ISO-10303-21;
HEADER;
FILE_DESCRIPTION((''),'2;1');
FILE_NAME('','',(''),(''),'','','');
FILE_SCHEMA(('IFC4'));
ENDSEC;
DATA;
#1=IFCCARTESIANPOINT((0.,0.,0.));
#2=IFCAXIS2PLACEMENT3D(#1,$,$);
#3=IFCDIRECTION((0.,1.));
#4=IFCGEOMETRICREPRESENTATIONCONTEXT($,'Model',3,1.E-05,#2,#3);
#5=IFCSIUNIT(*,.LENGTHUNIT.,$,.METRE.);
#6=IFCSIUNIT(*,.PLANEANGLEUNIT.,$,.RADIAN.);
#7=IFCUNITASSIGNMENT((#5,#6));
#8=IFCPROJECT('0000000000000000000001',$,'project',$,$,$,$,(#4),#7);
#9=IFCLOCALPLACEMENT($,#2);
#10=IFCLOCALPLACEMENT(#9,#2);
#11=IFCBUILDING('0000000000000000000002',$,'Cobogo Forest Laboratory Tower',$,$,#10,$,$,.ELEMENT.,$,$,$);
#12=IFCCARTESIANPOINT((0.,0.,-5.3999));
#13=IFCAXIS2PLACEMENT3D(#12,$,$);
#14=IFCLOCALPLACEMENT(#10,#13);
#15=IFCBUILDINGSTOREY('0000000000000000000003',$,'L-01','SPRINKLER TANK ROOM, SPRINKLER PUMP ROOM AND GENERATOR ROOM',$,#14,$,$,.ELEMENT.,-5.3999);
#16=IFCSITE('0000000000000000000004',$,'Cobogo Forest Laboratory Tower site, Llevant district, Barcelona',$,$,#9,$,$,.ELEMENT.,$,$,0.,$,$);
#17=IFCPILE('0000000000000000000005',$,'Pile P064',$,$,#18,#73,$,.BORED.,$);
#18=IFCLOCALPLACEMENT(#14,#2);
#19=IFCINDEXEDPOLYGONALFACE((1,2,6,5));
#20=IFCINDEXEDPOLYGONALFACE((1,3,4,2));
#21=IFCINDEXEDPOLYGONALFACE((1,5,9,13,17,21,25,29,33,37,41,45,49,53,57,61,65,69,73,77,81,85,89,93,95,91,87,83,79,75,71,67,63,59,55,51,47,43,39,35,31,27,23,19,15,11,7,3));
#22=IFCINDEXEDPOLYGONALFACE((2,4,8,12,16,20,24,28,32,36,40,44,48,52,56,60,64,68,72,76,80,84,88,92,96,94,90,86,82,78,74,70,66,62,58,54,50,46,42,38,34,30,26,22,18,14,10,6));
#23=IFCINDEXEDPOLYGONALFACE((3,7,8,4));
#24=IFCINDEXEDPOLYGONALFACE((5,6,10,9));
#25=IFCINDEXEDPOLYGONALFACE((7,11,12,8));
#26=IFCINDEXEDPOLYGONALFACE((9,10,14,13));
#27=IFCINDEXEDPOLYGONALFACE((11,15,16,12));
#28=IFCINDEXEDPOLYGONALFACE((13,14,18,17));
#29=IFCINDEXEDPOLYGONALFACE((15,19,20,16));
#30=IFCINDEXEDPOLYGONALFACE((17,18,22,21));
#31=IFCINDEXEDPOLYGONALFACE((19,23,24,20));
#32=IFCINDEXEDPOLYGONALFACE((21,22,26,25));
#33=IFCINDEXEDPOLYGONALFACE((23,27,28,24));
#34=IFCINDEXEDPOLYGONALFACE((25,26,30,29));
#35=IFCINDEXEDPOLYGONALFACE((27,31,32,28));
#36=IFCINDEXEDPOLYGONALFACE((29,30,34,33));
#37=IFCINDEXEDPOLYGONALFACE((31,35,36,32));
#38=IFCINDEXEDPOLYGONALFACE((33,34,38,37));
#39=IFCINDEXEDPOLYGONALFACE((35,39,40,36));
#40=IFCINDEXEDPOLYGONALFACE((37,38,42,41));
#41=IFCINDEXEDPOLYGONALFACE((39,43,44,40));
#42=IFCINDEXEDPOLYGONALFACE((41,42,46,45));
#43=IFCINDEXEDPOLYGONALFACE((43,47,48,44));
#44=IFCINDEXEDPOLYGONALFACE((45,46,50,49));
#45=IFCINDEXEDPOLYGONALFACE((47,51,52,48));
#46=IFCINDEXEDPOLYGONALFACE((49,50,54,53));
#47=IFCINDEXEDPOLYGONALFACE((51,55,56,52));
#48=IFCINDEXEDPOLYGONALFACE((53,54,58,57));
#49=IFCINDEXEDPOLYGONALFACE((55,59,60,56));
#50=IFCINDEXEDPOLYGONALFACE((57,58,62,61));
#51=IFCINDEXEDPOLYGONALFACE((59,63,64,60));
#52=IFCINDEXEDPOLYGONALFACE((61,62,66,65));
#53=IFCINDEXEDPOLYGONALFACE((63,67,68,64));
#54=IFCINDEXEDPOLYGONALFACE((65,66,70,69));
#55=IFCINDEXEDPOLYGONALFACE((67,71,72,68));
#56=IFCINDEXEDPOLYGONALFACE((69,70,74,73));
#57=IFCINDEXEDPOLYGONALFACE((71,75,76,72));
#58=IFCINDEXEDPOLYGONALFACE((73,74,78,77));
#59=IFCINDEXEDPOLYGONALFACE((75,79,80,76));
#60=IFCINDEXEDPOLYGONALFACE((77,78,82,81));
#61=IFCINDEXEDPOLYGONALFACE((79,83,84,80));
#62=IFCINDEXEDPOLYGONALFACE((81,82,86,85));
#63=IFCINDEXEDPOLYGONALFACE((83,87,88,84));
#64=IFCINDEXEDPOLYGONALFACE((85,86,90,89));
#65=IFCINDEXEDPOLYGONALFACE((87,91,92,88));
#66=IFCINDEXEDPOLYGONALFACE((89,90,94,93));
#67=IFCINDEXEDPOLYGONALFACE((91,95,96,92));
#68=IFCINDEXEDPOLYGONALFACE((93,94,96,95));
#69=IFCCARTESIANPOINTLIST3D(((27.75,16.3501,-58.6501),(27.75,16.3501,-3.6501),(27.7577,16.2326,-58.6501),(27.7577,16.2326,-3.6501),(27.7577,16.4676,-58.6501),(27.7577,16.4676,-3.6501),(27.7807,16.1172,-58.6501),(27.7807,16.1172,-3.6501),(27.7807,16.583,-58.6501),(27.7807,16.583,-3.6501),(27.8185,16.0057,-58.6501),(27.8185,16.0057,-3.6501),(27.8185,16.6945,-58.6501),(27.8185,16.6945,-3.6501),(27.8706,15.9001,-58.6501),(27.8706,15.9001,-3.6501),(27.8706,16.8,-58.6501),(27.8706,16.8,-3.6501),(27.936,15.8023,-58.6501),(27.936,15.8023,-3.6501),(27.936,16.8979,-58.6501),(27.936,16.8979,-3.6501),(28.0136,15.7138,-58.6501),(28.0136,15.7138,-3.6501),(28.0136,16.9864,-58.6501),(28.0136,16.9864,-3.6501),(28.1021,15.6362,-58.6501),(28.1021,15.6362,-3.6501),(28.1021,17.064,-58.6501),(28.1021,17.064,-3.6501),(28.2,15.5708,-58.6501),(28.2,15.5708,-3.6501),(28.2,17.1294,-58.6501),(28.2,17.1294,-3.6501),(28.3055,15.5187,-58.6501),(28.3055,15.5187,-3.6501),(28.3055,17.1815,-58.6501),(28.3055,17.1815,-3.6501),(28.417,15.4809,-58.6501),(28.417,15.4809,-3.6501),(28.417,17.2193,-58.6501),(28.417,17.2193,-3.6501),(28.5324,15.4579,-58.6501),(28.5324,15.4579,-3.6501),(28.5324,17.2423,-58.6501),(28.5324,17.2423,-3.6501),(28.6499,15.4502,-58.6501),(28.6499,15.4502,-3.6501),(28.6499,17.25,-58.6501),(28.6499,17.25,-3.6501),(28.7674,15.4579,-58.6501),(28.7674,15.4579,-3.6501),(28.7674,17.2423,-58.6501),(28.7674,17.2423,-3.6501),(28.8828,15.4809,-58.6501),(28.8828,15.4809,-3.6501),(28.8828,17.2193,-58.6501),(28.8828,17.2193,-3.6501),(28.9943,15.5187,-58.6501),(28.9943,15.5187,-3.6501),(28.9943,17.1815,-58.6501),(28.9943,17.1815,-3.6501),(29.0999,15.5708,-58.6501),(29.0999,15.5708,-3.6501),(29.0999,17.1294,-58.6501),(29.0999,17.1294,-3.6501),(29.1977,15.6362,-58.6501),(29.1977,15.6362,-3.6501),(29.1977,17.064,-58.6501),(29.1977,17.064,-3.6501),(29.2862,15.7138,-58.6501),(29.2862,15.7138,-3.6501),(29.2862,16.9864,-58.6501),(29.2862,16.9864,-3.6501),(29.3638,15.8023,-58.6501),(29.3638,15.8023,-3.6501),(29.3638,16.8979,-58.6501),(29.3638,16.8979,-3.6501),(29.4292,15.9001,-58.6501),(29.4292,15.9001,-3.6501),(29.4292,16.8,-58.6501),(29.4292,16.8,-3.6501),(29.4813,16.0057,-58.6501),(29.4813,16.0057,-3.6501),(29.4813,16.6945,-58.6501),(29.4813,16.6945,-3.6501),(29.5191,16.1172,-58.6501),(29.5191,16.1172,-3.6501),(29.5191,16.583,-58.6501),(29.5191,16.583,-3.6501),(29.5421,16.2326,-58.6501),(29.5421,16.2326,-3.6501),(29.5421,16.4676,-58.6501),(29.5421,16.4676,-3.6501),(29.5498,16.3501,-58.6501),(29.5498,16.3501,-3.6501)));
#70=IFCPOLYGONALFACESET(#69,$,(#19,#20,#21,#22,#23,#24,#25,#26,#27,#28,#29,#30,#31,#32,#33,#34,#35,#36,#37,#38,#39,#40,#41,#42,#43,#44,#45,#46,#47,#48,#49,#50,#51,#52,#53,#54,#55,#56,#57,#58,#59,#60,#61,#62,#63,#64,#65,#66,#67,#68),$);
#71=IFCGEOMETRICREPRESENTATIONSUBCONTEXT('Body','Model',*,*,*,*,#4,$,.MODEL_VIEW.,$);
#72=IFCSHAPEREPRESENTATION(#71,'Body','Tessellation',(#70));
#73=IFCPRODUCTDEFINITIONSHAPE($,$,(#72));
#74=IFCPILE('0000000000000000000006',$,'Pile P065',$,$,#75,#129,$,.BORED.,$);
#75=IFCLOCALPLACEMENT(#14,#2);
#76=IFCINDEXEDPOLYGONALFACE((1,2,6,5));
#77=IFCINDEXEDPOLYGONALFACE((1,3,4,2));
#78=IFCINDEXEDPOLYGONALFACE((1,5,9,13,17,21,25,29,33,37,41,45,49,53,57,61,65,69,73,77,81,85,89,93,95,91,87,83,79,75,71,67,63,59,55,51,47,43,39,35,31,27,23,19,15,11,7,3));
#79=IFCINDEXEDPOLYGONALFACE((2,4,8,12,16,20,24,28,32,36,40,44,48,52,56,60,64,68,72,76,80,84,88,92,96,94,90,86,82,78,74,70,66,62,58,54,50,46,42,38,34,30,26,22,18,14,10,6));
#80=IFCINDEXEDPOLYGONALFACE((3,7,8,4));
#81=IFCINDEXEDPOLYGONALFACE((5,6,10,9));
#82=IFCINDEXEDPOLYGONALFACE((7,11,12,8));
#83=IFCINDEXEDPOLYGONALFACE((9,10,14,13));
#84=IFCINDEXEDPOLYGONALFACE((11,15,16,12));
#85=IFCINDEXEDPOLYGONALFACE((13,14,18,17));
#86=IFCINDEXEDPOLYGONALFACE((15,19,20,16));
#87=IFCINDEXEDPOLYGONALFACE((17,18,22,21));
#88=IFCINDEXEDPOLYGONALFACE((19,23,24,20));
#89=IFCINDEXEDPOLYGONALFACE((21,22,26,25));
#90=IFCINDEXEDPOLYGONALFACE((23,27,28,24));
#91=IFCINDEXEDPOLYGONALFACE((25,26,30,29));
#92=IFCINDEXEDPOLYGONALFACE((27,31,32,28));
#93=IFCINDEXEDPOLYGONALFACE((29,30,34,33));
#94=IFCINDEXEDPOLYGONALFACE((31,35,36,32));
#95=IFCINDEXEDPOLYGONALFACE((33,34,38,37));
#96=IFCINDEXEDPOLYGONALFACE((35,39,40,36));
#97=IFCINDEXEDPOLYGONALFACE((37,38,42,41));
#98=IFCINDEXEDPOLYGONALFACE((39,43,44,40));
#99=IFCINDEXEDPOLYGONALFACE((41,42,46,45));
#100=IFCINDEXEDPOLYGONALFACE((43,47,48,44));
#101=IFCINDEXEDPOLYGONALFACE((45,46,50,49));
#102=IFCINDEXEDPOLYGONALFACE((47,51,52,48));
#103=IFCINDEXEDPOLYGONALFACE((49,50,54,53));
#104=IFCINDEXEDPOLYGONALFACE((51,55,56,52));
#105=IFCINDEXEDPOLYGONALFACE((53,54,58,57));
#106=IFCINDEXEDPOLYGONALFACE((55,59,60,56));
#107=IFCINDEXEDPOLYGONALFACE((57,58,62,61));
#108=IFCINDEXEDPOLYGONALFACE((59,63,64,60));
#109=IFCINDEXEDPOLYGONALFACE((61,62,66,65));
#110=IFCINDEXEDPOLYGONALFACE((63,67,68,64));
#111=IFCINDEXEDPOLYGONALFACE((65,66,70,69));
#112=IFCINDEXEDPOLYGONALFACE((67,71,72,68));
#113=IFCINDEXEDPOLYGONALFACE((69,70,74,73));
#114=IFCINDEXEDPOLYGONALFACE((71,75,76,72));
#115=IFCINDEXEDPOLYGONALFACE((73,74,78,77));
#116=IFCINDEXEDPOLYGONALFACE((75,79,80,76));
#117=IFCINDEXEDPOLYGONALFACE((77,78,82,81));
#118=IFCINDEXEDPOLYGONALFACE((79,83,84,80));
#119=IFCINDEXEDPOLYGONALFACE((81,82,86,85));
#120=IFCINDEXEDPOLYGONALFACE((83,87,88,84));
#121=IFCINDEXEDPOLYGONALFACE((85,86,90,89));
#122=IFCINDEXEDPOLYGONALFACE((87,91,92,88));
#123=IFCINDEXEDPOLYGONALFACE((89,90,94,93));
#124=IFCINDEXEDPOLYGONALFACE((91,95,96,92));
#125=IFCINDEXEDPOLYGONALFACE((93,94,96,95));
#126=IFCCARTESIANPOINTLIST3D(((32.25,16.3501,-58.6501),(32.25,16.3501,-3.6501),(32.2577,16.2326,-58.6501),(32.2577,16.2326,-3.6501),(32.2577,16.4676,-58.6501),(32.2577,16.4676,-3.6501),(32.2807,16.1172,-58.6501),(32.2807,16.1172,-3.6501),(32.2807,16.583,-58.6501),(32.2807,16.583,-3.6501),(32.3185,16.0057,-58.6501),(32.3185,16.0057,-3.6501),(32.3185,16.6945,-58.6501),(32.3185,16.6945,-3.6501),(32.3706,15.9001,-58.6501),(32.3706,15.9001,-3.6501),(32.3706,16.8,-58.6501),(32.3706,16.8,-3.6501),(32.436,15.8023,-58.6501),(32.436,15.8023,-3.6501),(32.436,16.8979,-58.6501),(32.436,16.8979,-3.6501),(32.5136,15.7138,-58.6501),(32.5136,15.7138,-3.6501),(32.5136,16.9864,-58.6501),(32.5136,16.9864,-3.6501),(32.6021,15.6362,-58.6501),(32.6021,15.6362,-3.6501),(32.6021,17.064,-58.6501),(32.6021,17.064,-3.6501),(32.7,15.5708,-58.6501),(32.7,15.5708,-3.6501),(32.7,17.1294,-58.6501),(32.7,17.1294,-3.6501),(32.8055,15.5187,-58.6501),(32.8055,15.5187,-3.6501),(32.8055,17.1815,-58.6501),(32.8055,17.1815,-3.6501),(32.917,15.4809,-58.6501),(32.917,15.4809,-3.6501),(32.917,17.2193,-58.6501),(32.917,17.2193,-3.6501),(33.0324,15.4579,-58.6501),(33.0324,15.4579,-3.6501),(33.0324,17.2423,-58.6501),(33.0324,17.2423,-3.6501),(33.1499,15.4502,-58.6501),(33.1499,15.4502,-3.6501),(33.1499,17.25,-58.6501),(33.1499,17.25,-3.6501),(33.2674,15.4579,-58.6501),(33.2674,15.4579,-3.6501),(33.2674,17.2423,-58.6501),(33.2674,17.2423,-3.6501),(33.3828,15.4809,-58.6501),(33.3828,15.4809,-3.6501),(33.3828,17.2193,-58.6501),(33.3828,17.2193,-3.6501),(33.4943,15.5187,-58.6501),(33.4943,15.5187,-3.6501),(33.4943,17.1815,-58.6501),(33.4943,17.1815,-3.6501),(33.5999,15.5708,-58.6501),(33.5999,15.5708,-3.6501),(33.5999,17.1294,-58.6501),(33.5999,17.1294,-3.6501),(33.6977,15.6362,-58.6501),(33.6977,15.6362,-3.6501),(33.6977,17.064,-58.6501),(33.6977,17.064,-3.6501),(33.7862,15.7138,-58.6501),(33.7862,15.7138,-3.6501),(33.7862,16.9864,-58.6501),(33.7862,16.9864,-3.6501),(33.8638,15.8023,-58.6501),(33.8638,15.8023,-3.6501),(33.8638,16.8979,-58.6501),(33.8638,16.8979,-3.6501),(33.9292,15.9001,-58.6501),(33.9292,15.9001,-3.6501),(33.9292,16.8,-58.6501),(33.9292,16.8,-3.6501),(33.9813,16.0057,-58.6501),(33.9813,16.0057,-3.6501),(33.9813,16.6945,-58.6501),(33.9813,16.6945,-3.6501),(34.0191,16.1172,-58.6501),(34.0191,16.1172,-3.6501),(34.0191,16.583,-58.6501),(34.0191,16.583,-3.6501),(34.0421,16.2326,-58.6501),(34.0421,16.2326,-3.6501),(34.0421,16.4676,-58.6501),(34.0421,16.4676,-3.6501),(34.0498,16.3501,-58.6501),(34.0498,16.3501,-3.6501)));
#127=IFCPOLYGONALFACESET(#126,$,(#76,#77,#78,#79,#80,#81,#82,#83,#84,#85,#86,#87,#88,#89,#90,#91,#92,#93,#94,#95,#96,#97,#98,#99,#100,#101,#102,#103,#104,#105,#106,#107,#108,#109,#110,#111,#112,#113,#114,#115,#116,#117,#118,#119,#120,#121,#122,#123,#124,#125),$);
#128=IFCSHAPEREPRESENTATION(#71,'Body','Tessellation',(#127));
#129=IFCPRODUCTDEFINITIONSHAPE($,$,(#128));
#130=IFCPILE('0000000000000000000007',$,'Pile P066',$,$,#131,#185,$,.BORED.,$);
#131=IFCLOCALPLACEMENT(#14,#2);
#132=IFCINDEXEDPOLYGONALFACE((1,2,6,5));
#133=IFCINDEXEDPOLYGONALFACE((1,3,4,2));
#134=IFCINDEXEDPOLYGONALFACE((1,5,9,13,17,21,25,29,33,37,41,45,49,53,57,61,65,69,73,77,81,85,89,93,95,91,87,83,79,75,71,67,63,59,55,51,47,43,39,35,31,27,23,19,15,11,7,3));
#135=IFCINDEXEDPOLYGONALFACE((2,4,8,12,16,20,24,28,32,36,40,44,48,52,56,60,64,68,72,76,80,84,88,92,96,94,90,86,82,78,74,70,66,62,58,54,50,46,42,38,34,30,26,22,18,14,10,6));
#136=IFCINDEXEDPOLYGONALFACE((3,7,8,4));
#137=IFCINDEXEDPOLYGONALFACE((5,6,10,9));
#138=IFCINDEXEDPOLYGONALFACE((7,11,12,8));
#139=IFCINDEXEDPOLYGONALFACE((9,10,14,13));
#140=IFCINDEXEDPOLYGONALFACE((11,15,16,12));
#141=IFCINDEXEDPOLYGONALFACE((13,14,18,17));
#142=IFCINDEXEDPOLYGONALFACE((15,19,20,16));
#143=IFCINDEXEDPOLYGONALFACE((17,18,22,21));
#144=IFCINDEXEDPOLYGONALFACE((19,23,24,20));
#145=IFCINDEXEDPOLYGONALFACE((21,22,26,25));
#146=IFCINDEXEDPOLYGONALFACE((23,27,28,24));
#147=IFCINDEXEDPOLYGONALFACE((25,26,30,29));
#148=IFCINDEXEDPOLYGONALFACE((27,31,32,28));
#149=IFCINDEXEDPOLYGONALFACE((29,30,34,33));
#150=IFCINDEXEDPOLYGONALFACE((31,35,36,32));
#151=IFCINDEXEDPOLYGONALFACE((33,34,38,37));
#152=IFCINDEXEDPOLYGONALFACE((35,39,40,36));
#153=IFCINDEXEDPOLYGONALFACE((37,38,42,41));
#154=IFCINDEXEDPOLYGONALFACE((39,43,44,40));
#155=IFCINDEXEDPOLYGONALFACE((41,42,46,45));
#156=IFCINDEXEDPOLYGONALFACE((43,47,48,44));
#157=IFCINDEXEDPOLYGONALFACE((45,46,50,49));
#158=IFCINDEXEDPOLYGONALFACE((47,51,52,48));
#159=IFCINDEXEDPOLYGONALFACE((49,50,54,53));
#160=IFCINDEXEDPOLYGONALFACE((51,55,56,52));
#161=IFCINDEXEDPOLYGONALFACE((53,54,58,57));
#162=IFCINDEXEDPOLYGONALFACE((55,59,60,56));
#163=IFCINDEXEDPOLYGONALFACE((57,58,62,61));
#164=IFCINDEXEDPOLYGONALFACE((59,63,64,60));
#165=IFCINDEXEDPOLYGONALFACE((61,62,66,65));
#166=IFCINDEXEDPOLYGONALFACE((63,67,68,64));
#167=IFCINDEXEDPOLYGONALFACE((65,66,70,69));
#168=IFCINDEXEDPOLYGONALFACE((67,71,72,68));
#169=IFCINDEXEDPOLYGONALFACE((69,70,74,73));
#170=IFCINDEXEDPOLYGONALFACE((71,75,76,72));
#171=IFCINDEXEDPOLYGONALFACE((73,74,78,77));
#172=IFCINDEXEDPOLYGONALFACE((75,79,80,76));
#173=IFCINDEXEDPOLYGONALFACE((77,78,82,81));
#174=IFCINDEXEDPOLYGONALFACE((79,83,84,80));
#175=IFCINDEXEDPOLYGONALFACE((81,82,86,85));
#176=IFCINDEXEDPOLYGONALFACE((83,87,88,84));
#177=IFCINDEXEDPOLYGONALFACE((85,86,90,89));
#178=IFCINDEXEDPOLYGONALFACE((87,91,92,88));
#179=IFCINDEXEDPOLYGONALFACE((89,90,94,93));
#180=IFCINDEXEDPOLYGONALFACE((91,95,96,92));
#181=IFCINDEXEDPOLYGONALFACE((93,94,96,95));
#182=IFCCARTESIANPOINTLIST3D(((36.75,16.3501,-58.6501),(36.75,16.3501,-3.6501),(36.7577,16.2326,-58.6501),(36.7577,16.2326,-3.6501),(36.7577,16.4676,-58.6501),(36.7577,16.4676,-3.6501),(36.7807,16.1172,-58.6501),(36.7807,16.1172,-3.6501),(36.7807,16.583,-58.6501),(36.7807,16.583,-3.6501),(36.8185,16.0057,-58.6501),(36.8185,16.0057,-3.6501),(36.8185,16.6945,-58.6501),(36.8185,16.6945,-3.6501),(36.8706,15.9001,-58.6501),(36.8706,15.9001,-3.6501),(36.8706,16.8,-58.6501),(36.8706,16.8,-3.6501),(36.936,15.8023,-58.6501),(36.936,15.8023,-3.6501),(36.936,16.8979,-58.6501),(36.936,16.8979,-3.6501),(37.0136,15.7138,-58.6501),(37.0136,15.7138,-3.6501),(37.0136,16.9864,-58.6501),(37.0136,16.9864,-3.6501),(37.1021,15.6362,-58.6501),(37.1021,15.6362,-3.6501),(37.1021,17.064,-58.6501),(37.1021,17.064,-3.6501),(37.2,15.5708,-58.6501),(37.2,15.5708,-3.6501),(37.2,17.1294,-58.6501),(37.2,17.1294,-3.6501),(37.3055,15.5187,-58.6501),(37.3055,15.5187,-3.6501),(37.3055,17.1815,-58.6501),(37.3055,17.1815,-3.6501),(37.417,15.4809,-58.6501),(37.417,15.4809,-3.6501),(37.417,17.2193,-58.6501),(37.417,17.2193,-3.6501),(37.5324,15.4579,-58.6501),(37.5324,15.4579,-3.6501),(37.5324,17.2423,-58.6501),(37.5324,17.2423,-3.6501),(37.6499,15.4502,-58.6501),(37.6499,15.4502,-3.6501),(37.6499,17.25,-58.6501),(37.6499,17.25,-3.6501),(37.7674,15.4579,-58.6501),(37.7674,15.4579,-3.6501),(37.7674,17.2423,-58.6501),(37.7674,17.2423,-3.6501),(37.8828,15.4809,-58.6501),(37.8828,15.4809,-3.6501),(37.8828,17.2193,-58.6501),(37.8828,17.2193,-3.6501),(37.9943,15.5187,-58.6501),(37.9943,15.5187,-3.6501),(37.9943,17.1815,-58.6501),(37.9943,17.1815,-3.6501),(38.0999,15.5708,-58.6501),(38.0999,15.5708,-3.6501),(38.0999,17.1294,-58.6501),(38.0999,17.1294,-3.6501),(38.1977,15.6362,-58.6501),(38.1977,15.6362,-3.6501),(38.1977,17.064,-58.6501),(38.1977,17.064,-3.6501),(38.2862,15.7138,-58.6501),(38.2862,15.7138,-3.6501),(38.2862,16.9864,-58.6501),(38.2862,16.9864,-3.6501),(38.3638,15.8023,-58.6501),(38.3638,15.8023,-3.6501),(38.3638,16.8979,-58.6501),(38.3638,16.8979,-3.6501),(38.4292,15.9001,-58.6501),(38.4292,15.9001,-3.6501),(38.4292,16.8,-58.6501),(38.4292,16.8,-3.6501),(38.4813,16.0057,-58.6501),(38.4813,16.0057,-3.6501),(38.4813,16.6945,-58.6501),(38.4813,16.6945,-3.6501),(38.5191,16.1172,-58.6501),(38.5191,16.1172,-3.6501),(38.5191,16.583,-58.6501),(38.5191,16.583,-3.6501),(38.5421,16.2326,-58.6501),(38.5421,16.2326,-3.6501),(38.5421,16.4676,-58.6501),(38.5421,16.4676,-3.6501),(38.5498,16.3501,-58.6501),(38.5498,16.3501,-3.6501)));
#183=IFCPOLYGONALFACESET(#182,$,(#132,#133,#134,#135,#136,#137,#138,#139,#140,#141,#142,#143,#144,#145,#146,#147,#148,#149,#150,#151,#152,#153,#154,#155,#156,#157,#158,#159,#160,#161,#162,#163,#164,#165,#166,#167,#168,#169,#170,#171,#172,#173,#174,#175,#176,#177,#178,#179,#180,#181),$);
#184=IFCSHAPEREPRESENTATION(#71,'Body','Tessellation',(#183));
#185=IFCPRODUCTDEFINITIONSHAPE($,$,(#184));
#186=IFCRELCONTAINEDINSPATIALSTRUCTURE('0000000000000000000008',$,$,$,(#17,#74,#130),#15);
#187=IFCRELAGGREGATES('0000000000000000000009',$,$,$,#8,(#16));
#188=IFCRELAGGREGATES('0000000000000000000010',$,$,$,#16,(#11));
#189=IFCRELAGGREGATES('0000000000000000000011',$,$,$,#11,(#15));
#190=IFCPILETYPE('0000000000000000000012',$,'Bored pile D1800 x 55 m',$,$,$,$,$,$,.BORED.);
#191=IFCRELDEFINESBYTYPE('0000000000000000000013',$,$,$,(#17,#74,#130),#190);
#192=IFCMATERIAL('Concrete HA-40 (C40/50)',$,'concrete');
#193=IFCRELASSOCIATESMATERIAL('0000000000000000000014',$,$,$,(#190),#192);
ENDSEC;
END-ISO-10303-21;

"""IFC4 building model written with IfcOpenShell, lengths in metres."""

from ifc_helpers import new_model, si_unit, direction, frame, origin, origin_2d, place, context, subcontext, project, spatial, circle, extrude, material, material_profile, profile_set, type_object, element, save


model = new_model("IFC4")

# Units and contexts
model_context = context("Model", 3, precision=1e-05, world=origin(), true_north=direction((0.0, 1.0)))
body_context = subcontext(model_context, "Body", "Model", "MODEL_VIEW")
ifc_project = project(units=[si_unit("LENGTHUNIT", "METRE"), si_unit("PLANEANGLEUNIT", "RADIAN")], contexts=[model_context])

# Site, building, storey
site_placement = place(None, origin())
site = spatial("IfcSite", under=ifc_project, at=site_placement, Name="Cobogo Forest Laboratory Tower site, Llevant district, Barcelona", CompositionType="ELEMENT", RefElevation=0.0)
building_placement = place(site_placement, origin())
building = spatial("IfcBuilding", under=site, at=building_placement, Name="Cobogo Forest Laboratory Tower", CompositionType="ELEMENT")
storey_placement = place(building_placement, frame((0.0, 0.0, -5.3999)))
storey = spatial("IfcBuildingStorey", under=building, at=storey_placement, Name="L-01", Description="SPRINKLER TANK ROOM, SPRINKLER PUMP ROOM AND GENERATOR ROOM", CompositionType="ELEMENT", Elevation=-5.3999)

# Piles
ifc_material_1 = material(Name="Concrete HA-40 (C40/50)", Category="concrete")
ifc_material_profile = material_profile(ifc_material_1, circle(Radius=0.8999, at=origin_2d()), Name="PILE D1800")
ifc_profile_set = profile_set([ifc_material_profile], Name="Concrete HA-40 (C40/50)")
pile_type = type_object("IfcPileType", Name="Bored pile D1800 x 55 m", PredefinedType="BORED", material=ifc_profile_set)
for number, where, z_axis, x_axis, name in (
    (1, (28.6499, 16.3501, -3.6501), (0.0, 0.0, -1.0), (1.0, 0.0, 0.0), "Pile P064"),
    (2, (33.1499, 16.3501, -3.6501), (0.0, 0.0, -1.0), (1.0, 0.0, 0.0), "Pile P065"),
    (3, (37.6499, 16.3501, -3.6501), (0.0, 0.0, -1.0), (1.0, 0.0, 0.0), "Pile P066"),
):
    element("IfcPile", number, at=place(storey_placement, frame(where, z_axis=z_axis, x_axis=x_axis)), inside=storey, type_object=pile_type, Name=name, PredefinedType="BORED", context=body_context, shape_type="SweptSolid", body=[
        extrude(circle(Radius=0.8999, at=origin_2d()), origin(), (0.0, 0.0, 1.0), 55.0),
    ])

save(model, "model.ifc")
